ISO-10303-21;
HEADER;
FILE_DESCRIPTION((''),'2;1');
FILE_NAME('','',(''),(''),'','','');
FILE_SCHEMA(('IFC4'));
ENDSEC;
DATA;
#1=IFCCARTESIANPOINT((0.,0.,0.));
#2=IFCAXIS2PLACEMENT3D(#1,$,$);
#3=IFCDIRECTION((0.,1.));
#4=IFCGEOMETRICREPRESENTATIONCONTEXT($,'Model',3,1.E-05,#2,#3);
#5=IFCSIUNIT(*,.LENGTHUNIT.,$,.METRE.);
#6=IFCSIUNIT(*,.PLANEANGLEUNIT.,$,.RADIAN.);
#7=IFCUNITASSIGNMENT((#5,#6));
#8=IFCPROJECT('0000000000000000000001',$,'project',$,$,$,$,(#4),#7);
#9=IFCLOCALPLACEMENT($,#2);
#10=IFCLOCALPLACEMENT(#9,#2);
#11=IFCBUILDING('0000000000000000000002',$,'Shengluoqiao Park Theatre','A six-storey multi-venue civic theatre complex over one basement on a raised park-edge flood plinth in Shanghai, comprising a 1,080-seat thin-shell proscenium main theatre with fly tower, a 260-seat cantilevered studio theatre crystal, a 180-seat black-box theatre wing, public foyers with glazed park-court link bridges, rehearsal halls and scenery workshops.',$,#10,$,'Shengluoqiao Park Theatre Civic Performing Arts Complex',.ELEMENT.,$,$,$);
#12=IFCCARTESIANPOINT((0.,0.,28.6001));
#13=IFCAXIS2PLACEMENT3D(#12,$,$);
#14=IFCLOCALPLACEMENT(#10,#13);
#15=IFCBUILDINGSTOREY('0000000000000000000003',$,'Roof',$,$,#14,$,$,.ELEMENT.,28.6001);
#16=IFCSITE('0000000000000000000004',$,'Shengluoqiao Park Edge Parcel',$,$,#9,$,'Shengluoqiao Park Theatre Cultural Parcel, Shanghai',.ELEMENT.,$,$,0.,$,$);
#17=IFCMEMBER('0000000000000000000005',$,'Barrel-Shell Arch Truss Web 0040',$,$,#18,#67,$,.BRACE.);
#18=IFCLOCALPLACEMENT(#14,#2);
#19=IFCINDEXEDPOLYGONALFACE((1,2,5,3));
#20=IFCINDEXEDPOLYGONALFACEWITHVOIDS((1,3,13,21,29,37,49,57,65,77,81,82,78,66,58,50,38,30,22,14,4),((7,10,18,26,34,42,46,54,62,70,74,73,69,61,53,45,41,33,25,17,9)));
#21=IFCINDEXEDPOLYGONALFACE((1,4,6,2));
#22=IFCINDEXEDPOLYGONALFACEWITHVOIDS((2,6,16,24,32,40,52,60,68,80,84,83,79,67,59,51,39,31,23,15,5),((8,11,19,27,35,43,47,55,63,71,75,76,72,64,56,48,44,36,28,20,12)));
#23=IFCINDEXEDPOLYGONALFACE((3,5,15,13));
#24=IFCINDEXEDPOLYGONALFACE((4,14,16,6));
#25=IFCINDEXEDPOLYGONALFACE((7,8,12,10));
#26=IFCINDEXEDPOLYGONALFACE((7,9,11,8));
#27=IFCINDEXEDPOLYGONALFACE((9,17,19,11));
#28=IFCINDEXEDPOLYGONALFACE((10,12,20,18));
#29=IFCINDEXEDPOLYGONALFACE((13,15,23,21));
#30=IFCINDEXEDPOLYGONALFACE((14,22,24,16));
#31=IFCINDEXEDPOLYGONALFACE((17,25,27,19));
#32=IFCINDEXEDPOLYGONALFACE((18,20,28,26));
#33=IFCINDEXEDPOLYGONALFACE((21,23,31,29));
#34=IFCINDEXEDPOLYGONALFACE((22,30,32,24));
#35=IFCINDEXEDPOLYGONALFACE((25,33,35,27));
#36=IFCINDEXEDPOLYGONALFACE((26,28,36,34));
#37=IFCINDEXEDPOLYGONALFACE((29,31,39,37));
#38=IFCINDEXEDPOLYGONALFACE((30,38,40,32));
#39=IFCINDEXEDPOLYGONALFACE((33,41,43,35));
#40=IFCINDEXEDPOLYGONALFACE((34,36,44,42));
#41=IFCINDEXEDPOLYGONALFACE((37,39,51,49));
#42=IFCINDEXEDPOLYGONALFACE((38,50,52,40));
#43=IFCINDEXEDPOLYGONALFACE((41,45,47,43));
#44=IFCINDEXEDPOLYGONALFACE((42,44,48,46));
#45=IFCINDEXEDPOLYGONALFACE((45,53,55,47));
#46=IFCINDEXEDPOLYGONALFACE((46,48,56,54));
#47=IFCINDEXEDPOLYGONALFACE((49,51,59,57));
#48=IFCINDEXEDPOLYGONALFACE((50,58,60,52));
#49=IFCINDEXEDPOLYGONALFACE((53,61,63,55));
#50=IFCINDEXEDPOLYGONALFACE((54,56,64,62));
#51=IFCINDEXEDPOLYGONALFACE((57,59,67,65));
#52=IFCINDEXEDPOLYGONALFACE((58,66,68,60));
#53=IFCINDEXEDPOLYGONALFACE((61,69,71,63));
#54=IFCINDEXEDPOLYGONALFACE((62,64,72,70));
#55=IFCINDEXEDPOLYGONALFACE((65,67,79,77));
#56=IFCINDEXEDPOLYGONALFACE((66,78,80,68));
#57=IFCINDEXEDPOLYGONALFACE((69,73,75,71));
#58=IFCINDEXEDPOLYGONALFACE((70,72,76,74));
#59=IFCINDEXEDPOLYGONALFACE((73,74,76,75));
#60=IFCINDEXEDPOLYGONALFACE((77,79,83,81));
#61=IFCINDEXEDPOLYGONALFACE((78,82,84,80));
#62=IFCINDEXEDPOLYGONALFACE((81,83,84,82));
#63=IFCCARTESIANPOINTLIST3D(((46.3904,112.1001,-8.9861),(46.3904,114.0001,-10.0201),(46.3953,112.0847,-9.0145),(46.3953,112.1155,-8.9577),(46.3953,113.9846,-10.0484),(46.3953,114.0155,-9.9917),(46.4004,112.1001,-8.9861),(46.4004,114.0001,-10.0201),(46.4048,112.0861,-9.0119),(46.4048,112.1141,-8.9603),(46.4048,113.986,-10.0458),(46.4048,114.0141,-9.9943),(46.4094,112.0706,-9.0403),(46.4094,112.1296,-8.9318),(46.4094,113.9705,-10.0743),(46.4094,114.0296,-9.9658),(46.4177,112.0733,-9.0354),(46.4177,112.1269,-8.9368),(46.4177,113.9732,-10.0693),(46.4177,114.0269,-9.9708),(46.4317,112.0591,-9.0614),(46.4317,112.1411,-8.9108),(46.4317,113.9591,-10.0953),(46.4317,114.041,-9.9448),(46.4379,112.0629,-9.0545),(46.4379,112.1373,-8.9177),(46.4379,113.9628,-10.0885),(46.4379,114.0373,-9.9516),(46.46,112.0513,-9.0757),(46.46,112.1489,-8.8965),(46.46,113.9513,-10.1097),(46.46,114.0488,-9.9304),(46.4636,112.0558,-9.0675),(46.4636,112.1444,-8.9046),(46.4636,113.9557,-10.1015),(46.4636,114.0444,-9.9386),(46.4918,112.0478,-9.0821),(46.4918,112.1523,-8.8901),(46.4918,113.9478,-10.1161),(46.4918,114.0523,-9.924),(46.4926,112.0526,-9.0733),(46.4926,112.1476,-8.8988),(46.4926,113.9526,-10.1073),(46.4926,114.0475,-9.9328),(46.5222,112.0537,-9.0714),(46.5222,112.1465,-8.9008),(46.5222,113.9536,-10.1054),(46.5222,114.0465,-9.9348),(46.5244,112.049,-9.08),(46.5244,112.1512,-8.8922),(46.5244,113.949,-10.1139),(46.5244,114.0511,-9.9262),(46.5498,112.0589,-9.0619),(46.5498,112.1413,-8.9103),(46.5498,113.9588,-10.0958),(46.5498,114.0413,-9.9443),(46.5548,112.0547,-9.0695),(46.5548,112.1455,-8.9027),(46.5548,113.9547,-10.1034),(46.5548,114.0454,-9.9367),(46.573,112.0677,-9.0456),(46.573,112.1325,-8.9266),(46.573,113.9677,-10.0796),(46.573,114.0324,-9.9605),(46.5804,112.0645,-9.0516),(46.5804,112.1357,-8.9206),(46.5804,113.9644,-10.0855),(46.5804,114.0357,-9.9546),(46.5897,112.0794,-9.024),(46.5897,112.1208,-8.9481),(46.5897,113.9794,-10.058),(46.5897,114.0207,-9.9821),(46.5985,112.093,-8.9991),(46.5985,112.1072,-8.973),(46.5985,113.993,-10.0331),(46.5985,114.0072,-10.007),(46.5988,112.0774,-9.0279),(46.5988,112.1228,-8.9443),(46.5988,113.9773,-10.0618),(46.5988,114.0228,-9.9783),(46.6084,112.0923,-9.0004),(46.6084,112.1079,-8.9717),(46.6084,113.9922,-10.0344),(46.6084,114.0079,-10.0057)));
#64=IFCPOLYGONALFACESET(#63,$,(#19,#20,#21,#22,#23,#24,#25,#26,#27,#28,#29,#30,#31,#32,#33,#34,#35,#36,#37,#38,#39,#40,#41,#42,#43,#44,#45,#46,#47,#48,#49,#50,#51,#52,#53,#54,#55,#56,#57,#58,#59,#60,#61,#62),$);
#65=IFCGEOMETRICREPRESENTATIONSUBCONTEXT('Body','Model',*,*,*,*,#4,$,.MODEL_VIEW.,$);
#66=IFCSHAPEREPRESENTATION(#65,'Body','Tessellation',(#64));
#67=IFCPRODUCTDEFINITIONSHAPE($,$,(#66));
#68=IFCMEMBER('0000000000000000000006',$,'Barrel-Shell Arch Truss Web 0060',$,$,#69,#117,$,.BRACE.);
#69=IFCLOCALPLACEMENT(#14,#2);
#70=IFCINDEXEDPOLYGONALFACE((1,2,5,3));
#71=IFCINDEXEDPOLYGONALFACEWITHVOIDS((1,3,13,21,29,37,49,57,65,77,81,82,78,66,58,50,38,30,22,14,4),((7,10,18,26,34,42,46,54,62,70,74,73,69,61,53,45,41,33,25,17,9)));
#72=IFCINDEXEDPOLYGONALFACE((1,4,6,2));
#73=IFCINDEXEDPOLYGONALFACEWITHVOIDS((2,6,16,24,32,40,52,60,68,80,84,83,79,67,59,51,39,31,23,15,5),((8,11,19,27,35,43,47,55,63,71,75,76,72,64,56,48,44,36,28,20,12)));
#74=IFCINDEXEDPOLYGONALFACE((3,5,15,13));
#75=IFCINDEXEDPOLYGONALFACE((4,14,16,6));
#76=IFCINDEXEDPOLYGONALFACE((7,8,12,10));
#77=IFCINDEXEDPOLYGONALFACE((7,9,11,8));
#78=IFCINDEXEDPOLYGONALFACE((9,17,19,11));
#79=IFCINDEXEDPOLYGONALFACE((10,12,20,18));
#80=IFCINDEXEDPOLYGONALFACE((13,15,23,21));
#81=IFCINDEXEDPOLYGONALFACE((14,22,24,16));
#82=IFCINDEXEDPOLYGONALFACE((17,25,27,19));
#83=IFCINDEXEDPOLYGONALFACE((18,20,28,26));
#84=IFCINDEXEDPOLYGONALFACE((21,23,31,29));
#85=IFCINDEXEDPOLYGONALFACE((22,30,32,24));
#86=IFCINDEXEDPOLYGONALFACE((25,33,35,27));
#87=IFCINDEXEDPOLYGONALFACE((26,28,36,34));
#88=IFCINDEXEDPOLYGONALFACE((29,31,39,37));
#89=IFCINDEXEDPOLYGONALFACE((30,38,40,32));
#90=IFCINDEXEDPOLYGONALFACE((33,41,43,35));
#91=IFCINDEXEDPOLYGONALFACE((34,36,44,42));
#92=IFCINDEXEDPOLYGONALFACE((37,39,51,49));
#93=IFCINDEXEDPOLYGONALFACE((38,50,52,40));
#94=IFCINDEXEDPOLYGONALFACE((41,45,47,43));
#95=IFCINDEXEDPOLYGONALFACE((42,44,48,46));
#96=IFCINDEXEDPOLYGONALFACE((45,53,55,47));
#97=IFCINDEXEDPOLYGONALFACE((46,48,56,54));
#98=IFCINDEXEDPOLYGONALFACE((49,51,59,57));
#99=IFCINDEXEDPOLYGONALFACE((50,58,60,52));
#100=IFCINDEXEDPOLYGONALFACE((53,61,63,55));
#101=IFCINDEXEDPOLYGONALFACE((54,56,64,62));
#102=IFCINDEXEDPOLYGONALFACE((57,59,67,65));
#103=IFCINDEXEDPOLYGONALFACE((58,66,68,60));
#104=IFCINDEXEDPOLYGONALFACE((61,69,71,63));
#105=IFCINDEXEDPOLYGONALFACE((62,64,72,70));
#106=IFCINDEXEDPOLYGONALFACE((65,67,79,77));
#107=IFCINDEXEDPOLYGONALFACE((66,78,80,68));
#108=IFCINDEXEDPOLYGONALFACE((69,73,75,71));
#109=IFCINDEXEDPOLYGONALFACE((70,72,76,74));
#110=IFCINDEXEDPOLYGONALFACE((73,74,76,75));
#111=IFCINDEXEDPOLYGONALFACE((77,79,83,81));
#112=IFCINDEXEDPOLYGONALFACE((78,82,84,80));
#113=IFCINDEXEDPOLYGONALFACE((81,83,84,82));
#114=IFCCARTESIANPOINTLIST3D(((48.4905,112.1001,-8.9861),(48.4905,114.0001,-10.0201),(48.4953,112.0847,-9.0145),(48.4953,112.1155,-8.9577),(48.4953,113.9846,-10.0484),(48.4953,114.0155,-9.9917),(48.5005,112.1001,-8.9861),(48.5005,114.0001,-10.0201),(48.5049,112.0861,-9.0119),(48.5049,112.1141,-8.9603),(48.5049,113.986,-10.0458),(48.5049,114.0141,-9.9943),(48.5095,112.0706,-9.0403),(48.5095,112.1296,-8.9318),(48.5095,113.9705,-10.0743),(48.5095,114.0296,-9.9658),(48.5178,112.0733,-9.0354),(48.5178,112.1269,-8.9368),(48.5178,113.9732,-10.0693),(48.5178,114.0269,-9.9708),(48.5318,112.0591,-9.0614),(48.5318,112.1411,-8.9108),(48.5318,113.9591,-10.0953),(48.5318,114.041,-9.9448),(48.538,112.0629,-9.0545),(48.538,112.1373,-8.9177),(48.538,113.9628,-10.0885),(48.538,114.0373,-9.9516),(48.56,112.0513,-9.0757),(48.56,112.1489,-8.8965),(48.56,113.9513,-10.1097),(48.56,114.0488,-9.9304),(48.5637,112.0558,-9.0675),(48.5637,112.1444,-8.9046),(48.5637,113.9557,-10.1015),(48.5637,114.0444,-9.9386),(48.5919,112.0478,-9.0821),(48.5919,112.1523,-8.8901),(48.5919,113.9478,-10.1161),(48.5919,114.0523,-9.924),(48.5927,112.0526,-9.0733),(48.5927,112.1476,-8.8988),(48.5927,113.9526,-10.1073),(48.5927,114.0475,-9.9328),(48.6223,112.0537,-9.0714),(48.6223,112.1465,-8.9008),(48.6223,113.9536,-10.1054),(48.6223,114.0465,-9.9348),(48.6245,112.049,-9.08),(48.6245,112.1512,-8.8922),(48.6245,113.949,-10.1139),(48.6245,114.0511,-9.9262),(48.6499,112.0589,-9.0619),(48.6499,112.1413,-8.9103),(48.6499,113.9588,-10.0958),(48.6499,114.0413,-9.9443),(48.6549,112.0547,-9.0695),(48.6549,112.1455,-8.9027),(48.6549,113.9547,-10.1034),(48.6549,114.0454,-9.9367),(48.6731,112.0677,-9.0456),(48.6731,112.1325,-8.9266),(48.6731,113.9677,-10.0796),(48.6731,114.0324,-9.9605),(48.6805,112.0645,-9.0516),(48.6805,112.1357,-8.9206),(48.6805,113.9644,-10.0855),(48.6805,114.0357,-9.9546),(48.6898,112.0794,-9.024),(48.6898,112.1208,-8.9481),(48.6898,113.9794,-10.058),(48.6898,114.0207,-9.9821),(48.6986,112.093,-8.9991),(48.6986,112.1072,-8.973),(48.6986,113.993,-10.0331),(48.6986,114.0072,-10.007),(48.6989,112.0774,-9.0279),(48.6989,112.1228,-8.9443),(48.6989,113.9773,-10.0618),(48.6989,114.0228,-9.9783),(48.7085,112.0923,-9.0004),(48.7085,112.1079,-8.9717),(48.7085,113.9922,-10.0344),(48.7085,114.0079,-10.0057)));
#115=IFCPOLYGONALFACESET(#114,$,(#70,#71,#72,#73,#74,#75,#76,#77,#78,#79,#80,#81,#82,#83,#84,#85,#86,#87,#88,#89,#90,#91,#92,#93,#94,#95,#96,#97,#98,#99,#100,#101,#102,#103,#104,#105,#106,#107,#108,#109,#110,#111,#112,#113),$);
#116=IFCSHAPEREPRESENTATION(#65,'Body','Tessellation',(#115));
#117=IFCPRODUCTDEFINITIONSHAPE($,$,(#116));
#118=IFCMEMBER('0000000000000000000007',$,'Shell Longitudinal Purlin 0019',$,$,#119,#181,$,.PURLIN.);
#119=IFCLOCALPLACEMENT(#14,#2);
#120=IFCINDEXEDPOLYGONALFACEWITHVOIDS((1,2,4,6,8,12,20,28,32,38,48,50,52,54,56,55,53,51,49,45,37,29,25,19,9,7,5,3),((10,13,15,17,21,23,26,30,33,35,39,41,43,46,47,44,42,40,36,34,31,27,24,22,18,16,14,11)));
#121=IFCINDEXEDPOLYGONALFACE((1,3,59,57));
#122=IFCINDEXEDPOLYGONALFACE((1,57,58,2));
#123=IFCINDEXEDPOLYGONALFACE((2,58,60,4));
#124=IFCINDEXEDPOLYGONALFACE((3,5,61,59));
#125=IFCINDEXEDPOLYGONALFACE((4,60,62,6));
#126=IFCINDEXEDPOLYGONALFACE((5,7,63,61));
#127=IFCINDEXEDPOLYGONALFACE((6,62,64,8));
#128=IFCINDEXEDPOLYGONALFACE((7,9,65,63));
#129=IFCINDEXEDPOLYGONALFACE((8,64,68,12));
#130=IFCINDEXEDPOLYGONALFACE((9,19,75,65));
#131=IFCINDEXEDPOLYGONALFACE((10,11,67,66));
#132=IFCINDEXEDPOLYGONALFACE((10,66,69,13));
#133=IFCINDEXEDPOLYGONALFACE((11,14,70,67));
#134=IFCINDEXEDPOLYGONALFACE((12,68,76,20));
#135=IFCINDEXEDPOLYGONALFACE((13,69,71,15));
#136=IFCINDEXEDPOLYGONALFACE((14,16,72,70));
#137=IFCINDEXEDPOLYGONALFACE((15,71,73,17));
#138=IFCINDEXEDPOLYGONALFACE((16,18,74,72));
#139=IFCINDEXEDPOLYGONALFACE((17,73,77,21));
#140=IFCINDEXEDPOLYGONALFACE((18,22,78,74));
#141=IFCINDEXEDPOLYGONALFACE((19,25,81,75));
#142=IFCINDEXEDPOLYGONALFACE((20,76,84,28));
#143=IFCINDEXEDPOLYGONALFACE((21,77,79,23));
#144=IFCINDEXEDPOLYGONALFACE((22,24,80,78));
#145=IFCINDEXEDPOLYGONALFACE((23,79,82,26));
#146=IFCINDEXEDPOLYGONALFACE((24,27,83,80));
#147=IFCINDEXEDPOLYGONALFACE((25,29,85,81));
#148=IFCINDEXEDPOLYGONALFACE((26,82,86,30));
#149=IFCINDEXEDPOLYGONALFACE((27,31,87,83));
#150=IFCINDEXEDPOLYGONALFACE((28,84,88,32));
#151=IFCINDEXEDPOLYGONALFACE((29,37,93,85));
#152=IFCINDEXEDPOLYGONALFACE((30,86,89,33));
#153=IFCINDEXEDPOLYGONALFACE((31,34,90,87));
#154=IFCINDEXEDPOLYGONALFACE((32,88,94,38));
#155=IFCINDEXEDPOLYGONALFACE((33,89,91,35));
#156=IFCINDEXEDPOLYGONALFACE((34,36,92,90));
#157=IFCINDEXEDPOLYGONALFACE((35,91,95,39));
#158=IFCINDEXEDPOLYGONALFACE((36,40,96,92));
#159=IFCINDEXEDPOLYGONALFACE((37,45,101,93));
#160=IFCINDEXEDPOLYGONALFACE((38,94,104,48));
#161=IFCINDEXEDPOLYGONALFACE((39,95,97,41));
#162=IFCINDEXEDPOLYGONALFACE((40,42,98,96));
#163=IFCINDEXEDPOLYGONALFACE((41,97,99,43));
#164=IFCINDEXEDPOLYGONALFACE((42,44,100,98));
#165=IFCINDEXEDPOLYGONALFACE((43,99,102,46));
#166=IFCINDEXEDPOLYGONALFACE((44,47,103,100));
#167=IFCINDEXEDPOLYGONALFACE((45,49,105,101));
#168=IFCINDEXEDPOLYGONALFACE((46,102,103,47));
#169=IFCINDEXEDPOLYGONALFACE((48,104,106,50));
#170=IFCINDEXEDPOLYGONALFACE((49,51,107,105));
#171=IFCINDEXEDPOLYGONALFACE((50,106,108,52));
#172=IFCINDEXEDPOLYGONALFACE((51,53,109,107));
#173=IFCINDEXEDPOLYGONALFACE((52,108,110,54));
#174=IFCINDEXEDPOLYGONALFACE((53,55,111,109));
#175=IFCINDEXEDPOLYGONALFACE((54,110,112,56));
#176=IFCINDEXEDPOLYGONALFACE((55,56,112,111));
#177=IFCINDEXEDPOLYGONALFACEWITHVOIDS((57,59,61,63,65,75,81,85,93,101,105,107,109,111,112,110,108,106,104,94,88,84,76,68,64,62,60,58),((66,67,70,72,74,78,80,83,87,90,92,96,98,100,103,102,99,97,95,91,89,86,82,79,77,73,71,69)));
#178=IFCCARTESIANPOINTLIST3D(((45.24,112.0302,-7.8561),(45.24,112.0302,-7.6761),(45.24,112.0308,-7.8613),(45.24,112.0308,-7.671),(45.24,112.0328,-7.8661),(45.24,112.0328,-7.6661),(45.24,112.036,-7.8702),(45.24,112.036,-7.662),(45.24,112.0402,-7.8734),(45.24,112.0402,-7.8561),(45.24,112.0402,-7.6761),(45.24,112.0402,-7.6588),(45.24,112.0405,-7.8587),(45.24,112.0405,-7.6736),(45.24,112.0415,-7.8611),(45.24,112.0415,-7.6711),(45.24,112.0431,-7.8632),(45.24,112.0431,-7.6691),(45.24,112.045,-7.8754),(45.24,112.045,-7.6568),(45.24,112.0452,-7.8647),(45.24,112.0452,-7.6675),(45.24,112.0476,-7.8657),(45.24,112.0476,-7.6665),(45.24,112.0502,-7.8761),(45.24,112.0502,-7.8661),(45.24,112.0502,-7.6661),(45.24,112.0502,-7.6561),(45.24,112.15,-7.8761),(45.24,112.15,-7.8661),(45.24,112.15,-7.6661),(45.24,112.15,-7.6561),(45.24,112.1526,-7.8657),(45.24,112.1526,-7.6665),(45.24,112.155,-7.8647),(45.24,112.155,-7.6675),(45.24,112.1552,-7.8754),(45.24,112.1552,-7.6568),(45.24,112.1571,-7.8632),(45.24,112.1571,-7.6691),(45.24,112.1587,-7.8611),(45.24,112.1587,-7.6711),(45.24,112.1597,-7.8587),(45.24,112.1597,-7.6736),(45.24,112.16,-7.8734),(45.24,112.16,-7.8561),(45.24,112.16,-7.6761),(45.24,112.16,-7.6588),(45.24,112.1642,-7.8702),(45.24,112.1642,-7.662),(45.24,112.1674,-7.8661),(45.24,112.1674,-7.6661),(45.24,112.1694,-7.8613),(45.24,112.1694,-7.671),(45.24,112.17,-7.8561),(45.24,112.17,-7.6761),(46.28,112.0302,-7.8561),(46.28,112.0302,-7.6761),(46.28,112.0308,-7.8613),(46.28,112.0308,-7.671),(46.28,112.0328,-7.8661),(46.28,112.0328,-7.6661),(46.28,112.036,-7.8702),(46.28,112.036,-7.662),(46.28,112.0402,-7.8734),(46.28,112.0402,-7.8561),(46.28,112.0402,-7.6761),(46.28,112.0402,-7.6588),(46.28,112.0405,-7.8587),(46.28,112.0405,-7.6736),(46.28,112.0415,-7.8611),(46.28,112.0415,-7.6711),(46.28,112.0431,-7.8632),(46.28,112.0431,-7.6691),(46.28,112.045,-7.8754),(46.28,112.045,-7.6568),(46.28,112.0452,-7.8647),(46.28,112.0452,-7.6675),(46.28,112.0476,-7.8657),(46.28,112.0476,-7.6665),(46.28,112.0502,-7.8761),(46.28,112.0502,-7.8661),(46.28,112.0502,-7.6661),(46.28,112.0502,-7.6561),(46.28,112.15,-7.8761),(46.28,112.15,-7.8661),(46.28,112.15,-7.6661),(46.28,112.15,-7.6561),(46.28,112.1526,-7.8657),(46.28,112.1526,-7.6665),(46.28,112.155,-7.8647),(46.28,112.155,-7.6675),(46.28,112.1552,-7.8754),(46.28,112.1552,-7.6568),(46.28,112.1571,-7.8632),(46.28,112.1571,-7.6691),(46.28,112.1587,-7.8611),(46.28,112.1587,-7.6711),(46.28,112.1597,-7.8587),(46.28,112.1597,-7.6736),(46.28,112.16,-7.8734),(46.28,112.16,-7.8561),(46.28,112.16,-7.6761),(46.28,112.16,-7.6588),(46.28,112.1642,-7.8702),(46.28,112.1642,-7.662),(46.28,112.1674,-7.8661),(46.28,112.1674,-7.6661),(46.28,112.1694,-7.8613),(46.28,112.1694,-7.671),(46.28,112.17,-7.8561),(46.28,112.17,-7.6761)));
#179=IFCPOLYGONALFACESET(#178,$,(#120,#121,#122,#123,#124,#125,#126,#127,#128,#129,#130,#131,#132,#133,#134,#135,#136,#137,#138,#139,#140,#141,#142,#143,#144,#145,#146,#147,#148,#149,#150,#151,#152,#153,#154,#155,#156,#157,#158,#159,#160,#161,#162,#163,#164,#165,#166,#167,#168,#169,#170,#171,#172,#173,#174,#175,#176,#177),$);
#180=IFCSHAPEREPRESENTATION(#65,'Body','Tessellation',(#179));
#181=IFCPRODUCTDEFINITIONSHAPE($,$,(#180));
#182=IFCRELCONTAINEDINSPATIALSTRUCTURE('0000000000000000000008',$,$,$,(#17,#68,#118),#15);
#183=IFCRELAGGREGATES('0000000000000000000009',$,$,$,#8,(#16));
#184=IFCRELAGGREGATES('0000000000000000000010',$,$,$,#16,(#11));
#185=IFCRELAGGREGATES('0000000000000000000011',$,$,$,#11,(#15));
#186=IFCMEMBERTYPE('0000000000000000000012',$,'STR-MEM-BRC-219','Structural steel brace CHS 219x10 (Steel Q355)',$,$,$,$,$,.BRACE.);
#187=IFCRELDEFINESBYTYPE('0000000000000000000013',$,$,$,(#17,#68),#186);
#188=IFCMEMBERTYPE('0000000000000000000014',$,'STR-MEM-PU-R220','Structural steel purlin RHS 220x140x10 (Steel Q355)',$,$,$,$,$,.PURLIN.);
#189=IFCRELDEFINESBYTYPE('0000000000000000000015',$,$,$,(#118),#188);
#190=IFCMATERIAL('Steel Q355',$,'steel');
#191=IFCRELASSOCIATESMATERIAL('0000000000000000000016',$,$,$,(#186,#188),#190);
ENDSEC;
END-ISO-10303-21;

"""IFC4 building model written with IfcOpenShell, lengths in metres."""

from ifc_helpers import new_model, si_unit, direction, frame, origin, origin_2d, place, context, subcontext, project, spatial, hollow_rectangle, hollow_circle, extrude, material, material_profile, profile_set, type_object, element, save


model = new_model("IFC4")

# Units and contexts
model_context = context("Model", 3, precision=1e-05, world=origin(), true_north=direction((0.0, 1.0)))
body_context = subcontext(model_context, "Body", "Model", "MODEL_VIEW")
ifc_project = project(units=[si_unit("LENGTHUNIT", "METRE"), si_unit("PLANEANGLEUNIT", "RADIAN")], contexts=[model_context])

# Site, building, storey
site_placement = place(None, origin())
site = spatial("IfcSite", under=ifc_project, at=site_placement, Name="Shengluoqiao Park Edge Parcel", LongName="Shengluoqiao Park Theatre Cultural Parcel, Shanghai", CompositionType="ELEMENT", RefElevation=0.0)
building_placement = place(site_placement, origin())
building = spatial("IfcBuilding", under=site, at=building_placement, Name="Shengluoqiao Park Theatre", Description="A six-storey multi-venue civic theatre complex over one basement on a raised park-edge flood plinth in Shanghai, comprising a 1,080-seat thin-shell proscenium main theatre with fly tower, a 260-seat cantilevered studio theatre crystal, a 180-seat black-box theatre wing, public foyers with glazed park-court link bridges, rehearsal halls and scenery workshops.", LongName="Shengluoqiao Park Theatre Civic Performing Arts Complex", CompositionType="ELEMENT")
storey_placement = place(building_placement, frame((0.0, 0.0, 28.6001)))
storey = spatial("IfcBuildingStorey", under=building, at=storey_placement, Name="Roof", CompositionType="ELEMENT", Elevation=28.6001)

# Shared definitions
ifc_material_1 = material(Name="Steel Q355", Category="steel")

# Members
ifc_material_profile_1 = material_profile(ifc_material_1, hollow_circle(Radius=0.1096, WallThickness=0.01, at=origin_2d()), Name="CHS 219x10")
ifc_profile_set_1 = profile_set([ifc_material_profile_1], Name="Steel Q355")
member_type_1 = type_object("IfcMemberType", Name="STR-MEM-BRC-219", Description="Structural steel brace CHS 219x10 (Steel Q355)", PredefinedType="BRACE", material=ifc_profile_set_1)
for number, where, z_axis, x_axis, name in (
    (1, (46.5, 112.1001, -8.9861), (0.0, 0.878357, -0.478006), (-1.0, 0.0, 0.0), "Barrel-Shell Arch Truss Web 0040"),
    (2, (48.6001, 112.1001, -8.9861), (0.0, 0.878357, -0.478006), (-1.0, 0.0, 0.0), "Barrel-Shell Arch Truss Web 0060"),
):
    element("IfcMember", number, at=place(storey_placement, frame(where, z_axis=z_axis, x_axis=x_axis)), inside=storey, type_object=member_type_1, Name=name, PredefinedType="BRACE", context=body_context, shape_type="SweptSolid", body=[
        extrude(hollow_circle(Radius=0.1096, WallThickness=0.01, at=origin_2d()), origin(), (0.0, 0.0, 1.0), 2.1631),
    ])
ifc_material_profile_2 = material_profile(ifc_material_1, hollow_rectangle(XDim=0.1399, YDim=0.22, WallThickness=0.01, InnerFilletRadius=0.01, OuterFilletRadius=0.02, at=origin_2d()), Name="RHS 220x140x10")
ifc_profile_set_2 = profile_set([ifc_material_profile_2], Name="Steel Q355")
member_type_2 = type_object("IfcMemberType", Name="STR-MEM-PU-R220", Description="Structural steel purlin RHS 220x140x10 (Steel Q355)", PredefinedType="PURLIN", material=ifc_profile_set_2)
member_placement = place(storey_placement, frame((45.24, 112.1001, -7.7661), z_axis=(1.0, 0.0, 0.0), x_axis=(0.0, 1.0, 0.0)))
element("IfcMember", 3, at=member_placement, inside=storey, type_object=member_type_2, Name="Shell Longitudinal Purlin 0019", PredefinedType="PURLIN", context=body_context, shape_type="SweptSolid", body=[
    extrude(hollow_rectangle(XDim=0.1399, YDim=0.22, WallThickness=0.01, InnerFilletRadius=0.01, OuterFilletRadius=0.02, at=origin_2d()), origin(), (0.0, 0.0, 1.0), 1.04),
])

save(model, "model.ifc")
